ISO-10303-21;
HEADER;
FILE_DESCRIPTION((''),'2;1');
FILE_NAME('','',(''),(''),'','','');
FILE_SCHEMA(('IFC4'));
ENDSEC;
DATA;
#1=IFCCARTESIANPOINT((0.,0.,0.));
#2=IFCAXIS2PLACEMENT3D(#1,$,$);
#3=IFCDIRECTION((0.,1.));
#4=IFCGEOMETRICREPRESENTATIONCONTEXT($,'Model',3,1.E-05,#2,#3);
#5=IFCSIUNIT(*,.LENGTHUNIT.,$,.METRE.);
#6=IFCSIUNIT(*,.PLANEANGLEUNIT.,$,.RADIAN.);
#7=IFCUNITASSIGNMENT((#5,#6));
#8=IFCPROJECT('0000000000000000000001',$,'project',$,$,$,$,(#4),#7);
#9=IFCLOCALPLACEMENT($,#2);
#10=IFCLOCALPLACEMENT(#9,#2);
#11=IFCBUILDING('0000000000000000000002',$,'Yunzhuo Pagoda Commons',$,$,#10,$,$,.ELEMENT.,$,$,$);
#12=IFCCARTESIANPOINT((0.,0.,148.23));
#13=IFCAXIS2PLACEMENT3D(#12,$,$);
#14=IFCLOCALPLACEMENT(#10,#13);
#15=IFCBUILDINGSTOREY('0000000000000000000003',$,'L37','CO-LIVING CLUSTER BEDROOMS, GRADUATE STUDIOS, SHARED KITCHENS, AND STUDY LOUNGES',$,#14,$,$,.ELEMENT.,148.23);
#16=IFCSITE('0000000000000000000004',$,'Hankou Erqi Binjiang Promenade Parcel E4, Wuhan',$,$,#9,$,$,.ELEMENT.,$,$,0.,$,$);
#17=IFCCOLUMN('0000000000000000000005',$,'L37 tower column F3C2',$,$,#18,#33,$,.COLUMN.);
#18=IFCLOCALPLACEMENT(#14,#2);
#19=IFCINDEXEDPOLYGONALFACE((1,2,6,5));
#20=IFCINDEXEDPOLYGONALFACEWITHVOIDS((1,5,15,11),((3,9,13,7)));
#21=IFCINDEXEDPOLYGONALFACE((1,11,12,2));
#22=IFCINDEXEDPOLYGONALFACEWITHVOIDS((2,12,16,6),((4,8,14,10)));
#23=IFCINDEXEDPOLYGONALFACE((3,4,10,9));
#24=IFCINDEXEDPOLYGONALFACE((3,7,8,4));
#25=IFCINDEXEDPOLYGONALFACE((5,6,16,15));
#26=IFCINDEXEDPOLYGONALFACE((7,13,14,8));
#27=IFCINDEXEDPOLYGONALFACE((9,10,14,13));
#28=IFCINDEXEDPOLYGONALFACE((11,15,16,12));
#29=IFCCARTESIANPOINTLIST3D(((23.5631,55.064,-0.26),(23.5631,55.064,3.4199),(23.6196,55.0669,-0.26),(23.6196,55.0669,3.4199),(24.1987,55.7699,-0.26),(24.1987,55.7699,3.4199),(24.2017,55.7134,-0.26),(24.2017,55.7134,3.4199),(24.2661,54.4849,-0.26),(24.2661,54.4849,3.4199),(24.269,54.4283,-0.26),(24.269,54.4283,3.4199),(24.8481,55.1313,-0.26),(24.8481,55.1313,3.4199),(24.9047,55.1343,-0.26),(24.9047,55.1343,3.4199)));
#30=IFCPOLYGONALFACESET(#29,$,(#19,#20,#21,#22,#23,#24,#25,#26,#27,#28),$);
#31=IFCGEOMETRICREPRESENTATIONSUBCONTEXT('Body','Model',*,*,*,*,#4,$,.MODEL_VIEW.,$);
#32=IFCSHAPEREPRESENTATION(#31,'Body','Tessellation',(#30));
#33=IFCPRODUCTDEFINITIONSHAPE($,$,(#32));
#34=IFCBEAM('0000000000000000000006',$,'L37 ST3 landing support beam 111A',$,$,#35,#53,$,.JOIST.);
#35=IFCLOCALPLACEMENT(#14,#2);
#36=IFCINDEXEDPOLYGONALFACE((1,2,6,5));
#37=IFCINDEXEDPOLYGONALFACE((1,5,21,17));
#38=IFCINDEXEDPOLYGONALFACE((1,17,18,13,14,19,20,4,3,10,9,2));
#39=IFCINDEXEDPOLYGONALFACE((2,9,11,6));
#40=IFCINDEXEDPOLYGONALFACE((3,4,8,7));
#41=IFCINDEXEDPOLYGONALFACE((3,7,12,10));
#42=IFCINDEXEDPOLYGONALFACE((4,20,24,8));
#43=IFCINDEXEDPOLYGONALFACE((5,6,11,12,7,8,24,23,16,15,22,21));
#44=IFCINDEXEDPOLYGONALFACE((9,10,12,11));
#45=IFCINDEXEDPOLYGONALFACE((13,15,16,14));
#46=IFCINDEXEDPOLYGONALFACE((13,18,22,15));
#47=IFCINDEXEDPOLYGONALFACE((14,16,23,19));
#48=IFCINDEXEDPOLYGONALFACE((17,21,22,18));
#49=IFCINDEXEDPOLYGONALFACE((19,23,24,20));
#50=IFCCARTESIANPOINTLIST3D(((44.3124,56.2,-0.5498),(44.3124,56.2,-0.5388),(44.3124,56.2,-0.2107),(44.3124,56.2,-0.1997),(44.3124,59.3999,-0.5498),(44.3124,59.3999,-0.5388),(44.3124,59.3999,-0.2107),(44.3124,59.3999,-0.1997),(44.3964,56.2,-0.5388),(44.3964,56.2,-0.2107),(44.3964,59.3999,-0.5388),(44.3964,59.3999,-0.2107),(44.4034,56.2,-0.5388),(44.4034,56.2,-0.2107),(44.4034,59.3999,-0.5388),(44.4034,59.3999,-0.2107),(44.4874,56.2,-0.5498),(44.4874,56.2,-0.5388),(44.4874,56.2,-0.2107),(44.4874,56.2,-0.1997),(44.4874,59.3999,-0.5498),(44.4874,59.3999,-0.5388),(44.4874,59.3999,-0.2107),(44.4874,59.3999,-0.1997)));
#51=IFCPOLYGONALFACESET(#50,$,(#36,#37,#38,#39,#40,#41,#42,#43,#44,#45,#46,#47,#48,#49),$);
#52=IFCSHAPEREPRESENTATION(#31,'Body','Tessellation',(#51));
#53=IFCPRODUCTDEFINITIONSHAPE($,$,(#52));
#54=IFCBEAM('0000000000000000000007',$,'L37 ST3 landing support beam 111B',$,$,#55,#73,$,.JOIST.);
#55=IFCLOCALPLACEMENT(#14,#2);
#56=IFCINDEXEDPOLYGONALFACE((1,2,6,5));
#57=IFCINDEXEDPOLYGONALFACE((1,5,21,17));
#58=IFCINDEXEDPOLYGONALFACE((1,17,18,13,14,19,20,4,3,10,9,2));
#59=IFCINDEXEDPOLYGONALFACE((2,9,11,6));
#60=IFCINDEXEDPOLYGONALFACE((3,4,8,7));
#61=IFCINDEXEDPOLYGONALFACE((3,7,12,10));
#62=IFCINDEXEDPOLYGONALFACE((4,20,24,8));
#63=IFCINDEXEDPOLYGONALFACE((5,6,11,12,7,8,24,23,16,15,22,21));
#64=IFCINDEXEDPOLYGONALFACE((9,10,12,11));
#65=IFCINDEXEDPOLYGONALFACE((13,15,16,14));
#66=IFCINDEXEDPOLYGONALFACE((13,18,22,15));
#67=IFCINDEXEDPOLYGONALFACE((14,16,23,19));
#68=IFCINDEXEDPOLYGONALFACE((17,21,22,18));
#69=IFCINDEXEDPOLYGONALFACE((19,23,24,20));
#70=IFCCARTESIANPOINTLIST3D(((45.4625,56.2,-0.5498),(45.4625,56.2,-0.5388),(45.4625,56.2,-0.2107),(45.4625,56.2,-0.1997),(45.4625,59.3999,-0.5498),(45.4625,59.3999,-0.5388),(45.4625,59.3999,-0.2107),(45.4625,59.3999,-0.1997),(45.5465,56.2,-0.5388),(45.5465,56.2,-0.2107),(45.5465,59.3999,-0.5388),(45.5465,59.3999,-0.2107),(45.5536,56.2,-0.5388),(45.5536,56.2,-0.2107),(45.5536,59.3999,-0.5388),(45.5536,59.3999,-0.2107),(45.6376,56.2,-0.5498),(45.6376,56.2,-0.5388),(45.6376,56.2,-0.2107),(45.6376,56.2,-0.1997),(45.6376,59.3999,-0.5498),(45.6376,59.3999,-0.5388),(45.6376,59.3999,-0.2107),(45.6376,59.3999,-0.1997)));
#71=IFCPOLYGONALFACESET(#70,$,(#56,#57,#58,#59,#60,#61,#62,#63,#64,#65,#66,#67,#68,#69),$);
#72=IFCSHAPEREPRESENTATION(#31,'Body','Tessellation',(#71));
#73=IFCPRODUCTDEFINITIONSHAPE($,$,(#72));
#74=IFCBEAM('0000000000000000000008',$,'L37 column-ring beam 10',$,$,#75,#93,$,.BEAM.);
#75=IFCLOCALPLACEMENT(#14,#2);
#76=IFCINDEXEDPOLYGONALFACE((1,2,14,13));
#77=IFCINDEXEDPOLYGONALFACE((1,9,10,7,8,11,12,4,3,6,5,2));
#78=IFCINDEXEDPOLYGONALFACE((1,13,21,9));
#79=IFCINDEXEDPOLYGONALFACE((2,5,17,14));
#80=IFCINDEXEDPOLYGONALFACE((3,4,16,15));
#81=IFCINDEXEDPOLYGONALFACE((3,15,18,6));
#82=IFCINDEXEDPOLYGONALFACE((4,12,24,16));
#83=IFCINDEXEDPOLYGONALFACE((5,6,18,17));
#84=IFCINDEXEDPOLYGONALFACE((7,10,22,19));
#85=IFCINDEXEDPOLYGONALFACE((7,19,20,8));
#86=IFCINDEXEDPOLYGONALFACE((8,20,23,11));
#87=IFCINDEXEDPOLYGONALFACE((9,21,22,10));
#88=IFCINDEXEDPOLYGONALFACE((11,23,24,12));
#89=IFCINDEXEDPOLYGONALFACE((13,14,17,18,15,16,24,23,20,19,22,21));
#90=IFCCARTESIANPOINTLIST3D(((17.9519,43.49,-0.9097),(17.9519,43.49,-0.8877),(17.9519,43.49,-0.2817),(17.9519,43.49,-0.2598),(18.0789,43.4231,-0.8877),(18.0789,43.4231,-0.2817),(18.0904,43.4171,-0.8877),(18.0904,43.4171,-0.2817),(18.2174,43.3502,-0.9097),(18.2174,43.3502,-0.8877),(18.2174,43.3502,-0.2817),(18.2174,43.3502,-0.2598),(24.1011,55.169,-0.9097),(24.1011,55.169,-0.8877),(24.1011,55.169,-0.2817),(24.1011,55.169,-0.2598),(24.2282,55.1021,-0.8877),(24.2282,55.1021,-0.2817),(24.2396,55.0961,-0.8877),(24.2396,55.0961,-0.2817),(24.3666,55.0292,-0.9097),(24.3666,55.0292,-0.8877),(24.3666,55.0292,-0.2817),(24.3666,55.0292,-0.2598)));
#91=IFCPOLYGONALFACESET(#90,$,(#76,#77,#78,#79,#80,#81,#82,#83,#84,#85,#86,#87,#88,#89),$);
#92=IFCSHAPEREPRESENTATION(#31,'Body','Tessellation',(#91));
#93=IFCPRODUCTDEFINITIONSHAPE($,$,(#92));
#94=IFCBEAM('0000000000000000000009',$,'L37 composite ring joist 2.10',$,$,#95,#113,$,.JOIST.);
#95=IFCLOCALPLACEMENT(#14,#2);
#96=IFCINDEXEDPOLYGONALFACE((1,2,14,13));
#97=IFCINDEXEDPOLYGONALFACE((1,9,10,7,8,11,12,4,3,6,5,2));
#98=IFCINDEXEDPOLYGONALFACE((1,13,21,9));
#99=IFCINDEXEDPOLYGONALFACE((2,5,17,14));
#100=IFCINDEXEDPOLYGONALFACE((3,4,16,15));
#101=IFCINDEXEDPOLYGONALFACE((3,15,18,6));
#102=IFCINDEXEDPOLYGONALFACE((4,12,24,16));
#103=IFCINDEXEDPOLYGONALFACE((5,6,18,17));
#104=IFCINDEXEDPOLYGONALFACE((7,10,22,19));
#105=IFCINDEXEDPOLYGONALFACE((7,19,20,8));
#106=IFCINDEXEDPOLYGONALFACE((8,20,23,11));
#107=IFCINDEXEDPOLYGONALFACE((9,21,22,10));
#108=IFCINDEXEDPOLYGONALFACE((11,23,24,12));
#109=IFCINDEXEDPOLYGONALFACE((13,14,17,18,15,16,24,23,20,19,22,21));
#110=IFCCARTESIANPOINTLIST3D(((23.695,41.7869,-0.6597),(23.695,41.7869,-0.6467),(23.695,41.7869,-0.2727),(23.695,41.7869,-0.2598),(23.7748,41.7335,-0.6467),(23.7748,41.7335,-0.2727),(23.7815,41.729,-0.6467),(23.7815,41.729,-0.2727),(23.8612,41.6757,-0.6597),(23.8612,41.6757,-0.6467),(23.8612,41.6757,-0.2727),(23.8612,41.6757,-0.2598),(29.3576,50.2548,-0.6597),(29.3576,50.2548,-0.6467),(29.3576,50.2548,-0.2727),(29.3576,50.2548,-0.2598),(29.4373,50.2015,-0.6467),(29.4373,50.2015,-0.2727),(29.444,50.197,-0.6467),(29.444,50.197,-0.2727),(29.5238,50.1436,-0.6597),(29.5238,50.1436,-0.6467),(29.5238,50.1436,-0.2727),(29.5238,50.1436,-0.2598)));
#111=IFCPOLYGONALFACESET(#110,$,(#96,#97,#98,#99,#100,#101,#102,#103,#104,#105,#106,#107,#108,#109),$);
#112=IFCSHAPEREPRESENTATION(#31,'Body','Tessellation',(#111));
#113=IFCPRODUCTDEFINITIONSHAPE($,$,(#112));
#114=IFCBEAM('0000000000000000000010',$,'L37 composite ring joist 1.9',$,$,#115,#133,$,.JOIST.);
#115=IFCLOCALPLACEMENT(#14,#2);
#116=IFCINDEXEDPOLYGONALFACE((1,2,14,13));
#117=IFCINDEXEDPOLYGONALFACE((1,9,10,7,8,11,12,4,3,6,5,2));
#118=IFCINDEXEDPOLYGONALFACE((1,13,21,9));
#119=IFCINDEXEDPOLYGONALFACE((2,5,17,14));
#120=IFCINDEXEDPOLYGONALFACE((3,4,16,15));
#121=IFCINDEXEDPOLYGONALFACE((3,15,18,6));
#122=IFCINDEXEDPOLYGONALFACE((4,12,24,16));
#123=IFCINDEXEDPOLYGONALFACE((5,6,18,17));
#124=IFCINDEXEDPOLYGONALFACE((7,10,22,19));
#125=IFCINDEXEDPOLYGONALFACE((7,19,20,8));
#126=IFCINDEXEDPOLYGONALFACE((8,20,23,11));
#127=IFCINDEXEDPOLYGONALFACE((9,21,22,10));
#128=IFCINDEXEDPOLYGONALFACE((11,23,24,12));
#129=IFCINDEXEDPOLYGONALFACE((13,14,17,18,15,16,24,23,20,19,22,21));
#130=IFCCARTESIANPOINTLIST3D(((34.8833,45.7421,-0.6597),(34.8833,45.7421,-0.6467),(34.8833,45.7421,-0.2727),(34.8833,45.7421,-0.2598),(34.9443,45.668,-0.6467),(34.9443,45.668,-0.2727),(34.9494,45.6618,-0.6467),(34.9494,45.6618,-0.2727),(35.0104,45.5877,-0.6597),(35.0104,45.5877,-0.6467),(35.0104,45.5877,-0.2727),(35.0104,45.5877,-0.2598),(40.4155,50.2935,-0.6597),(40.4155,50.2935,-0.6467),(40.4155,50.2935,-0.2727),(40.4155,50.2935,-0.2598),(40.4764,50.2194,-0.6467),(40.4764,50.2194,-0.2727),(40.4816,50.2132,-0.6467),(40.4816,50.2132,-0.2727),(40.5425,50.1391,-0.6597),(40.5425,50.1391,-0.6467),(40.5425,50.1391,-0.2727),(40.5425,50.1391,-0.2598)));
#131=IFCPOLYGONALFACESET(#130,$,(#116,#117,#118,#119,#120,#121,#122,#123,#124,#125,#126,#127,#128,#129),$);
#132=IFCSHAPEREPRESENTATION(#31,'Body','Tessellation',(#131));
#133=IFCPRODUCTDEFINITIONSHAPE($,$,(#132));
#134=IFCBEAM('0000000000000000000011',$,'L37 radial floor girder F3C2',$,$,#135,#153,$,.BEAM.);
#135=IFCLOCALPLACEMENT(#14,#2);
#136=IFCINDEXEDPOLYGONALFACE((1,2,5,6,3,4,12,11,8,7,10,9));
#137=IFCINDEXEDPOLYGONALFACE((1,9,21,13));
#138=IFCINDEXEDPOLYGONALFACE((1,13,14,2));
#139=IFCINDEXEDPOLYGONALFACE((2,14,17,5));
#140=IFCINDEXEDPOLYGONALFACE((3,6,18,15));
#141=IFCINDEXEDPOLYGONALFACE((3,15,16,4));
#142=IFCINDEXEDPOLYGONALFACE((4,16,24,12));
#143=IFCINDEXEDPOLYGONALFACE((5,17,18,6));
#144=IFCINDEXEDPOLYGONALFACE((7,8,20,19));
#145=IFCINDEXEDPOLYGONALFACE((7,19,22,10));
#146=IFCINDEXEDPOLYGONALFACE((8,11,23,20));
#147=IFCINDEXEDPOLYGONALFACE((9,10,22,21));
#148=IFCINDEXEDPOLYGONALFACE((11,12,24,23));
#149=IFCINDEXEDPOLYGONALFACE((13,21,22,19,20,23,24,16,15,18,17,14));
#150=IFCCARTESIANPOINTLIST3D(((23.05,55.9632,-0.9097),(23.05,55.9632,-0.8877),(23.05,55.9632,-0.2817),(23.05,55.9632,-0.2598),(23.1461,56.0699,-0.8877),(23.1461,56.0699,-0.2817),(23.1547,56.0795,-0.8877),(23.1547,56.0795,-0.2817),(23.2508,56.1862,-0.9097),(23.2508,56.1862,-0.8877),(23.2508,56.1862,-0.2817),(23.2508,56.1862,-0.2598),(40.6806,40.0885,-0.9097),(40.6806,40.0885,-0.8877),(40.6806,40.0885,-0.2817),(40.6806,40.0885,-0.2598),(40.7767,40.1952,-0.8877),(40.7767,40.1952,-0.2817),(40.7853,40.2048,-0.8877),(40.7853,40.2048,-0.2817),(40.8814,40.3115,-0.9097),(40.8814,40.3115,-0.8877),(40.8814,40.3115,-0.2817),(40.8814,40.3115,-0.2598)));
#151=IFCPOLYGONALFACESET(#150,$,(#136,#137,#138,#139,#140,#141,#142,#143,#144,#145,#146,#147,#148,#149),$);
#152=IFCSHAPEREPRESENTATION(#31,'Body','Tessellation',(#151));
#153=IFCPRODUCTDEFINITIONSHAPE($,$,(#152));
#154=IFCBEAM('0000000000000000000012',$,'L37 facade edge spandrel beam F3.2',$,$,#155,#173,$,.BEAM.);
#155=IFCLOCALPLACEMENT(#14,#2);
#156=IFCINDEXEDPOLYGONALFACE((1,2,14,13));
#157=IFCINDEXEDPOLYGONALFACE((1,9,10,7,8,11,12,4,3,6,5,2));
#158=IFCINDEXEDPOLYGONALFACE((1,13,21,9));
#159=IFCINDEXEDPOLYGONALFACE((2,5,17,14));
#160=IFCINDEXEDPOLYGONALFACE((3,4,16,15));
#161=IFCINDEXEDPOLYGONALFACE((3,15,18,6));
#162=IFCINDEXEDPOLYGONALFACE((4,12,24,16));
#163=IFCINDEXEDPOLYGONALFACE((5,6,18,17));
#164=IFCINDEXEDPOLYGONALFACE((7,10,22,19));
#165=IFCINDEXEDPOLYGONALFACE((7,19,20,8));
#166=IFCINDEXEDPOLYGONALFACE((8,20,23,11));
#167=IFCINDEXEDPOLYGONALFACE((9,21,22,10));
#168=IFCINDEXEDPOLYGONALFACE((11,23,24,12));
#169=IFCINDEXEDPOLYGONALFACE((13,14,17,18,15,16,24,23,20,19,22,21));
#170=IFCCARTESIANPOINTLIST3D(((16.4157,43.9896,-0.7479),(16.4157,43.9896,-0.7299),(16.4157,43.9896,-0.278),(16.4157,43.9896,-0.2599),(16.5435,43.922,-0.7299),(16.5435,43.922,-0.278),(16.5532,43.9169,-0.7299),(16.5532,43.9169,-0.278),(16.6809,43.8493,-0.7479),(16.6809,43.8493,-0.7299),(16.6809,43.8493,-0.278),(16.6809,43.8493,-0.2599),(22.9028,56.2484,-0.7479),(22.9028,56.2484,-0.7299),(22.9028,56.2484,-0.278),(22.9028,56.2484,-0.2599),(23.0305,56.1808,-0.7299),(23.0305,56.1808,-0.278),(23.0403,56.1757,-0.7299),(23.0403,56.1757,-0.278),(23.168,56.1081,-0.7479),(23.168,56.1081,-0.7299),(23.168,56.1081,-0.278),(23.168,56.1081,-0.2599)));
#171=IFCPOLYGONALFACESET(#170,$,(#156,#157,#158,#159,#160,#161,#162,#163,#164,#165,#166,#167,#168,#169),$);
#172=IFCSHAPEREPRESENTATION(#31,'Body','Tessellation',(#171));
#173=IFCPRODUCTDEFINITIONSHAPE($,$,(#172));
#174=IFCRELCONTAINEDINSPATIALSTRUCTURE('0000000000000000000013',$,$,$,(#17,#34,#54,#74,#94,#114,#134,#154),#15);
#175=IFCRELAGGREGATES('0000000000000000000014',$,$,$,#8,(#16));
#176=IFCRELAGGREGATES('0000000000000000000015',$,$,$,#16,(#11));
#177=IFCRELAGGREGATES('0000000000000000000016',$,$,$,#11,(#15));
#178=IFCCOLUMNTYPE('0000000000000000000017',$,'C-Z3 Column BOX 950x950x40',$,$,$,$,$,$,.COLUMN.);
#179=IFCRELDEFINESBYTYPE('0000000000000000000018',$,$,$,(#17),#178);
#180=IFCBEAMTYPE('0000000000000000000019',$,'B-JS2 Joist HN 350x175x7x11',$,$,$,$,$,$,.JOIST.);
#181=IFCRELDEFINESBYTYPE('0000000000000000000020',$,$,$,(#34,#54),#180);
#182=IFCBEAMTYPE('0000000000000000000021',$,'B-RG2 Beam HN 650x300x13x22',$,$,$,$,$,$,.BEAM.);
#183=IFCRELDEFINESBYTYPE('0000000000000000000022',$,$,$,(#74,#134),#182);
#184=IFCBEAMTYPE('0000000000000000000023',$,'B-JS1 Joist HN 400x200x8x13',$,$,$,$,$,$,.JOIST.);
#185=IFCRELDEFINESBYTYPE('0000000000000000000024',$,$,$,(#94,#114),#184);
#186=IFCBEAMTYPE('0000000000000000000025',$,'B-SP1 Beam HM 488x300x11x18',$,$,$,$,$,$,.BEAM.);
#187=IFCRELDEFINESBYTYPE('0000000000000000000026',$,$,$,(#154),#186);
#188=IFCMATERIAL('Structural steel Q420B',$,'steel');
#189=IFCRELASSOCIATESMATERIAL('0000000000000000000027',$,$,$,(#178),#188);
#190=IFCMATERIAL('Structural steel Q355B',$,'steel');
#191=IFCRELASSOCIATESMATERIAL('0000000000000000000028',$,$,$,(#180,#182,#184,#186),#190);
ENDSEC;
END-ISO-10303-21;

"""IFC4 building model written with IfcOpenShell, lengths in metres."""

from ifc_helpers import new_model, si_unit, direction, frame, origin, origin_2d, place, context, subcontext, project, spatial, hollow_rectangle, i_section, extrude, source, transform, mapped, material, material_profile, profile_set, type_object, element, save


model = new_model("IFC4")

# Units and contexts
model_context = context("Model", 3, precision=1e-05, world=origin(), true_north=direction((0.0, 1.0)))
body_context = subcontext(model_context, "Body", "Model", "MODEL_VIEW")
ifc_project = project(units=[si_unit("LENGTHUNIT", "METRE"), si_unit("PLANEANGLEUNIT", "RADIAN")], contexts=[model_context])

# Site, building, storey
site_placement = place(None, origin())
site = spatial("IfcSite", under=ifc_project, at=site_placement, Name="Hankou Erqi Binjiang Promenade Parcel E4, Wuhan", CompositionType="ELEMENT", RefElevation=0.0)
building_placement = place(site_placement, origin())
building = spatial("IfcBuilding", under=site, at=building_placement, Name="Yunzhuo Pagoda Commons", CompositionType="ELEMENT")
storey_placement = place(building_placement, frame((0.0, 0.0, 148.23)))
storey = spatial("IfcBuildingStorey", under=building, at=storey_placement, Name="L37", Description="CO-LIVING CLUSTER BEDROOMS, GRADUATE STUDIOS, SHARED KITCHENS, AND STUDY LOUNGES", CompositionType="ELEMENT", Elevation=148.23)

# Column
ifc_material_1 = material(Name="Structural steel Q420B", Category="steel")
ifc_material_profile_1 = material_profile(ifc_material_1, hollow_rectangle(XDim=0.95, YDim=0.95, WallThickness=0.04, at=origin_2d()), Name="Structural steel Q420B")
ifc_profile_set_1 = profile_set([ifc_material_profile_1], Name="Structural steel Q420B")
column_type = type_object("IfcColumnType", Name="C-Z3 Column BOX 950x950x40", PredefinedType="COLUMN", material=ifc_profile_set_1)
shared_shape_1 = source(origin(), body_context, "Body", "SweptSolid", [
    extrude(hollow_rectangle(XDim=0.95, YDim=0.95, WallThickness=0.04, at=origin_2d()), origin(), (0.0, 0.0, 1.0), 3.6799),
])
column_placement = place(storey_placement, frame((24.2339, 55.0991, -0.26), z_axis=(0.0, 0.0, 1.0), x_axis=(-0.669131, -0.743145, 0.0)))
element("IfcColumn", 1, at=column_placement, inside=storey, type_object=column_type, Name="L37 tower column F3C2", PredefinedType="COLUMN", context=body_context, shape_type="MappedRepresentation", body=[
    mapped(shared_shape_1, transform((0.0, 0.0, 0.0), scale=1.0)),
])

# Beams
ifc_material_2 = material(Name="Structural steel Q355B", Category="steel")
ifc_material_profile_2 = material_profile(ifc_material_2, i_section(OverallWidth=0.175, OverallDepth=0.3501, WebThickness=0.0071, FlangeThickness=0.011, at=origin_2d()), Name="Structural steel Q355B")
ifc_profile_set_2 = profile_set([ifc_material_profile_2], Name="Structural steel Q355B")
beam_type_1 = type_object("IfcBeamType", Name="B-JS2 Joist HN 350x175x7x11", PredefinedType="JOIST", material=ifc_profile_set_2)
shared_shape_2 = source(origin(), body_context, "Body", "SweptSolid", [
    extrude(i_section(OverallWidth=0.175, OverallDepth=0.3501, WebThickness=0.0071, FlangeThickness=0.011, at=origin_2d()), origin(), (0.0, 0.0, 1.0), 3.2),
])
for number, where, z_axis, x_axis, name in (
    (2, (44.3999, 56.2, -0.3748), (0.0, 1.0, 0.0), (-1.0, 0.0, 0.0), "L37 ST3 landing support beam 111A"),
    (3, (45.55, 56.2, -0.3748), (0.0, 1.0, 0.0), (-1.0, 0.0, 0.0), "L37 ST3 landing support beam 111B"),
):
    element("IfcBeam", number, at=place(storey_placement, frame(where, z_axis=z_axis, x_axis=x_axis)), inside=storey, type_object=beam_type_1, Name=name, PredefinedType="JOIST", context=body_context, shape_type="MappedRepresentation", body=[
        mapped(shared_shape_2, transform((0.0, 0.0, 0.0), scale=1.0)),
    ])
ifc_material_profile_3 = material_profile(ifc_material_2, i_section(OverallWidth=0.3, OverallDepth=0.6499, WebThickness=0.0129, FlangeThickness=0.022, at=origin_2d()), Name="Structural steel Q355B")
ifc_profile_set_3 = profile_set([ifc_material_profile_3], Name="Structural steel Q355B")
beam_type_2 = type_object("IfcBeamType", Name="B-RG2 Beam HN 650x300x13x22", PredefinedType="BEAM", material=ifc_profile_set_3)
shared_shape_3 = source(origin(), body_context, "Body", "SweptSolid", [
    extrude(i_section(OverallWidth=0.3, OverallDepth=0.6499, WebThickness=0.0129, FlangeThickness=0.022, at=origin_2d()), origin(), (0.0, 0.0, 1.0), 13.199),
])
beam_1_placement = place(storey_placement, frame((24.2339, 55.0991, -0.5847), z_axis=(-0.465886, -0.884845, 0.0), x_axis=(0.884845, -0.465886, 0.0)))
element("IfcBeam", 4, at=beam_1_placement, inside=storey, type_object=beam_type_2, Name="L37 column-ring beam 10", PredefinedType="BEAM", context=body_context, shape_type="MappedRepresentation", body=[
    mapped(shared_shape_3, transform((0.0, 0.0, 0.0), scale=1.0)),
])
ifc_material_profile_4 = material_profile(ifc_material_2, i_section(OverallWidth=0.2, OverallDepth=0.3999, WebThickness=0.0081, FlangeThickness=0.0129, at=origin_2d()), Name="Structural steel Q355B")
ifc_profile_set_4 = profile_set([ifc_material_profile_4], Name="Structural steel Q355B")
beam_type_3 = type_object("IfcBeamType", Name="B-JS1 Joist HN 400x200x8x13", PredefinedType="JOIST", material=ifc_profile_set_4)
shared_shape_4 = source(origin(), body_context, "Body", "SweptSolid", [
    extrude(i_section(OverallWidth=0.2, OverallDepth=0.3999, WebThickness=0.0081, FlangeThickness=0.0129, at=origin_2d()), origin(), (0.0, 0.0, 1.0), 10.1868),
])
beam_2_placement = place(storey_placement, frame((29.4407, 50.1992, -0.4597), z_axis=(-0.555872, -0.831268, 0.0), x_axis=(0.831268, -0.555872, 0.0)))
element("IfcBeam", 5, at=beam_2_placement, inside=storey, type_object=beam_type_3, Name="L37 composite ring joist 2.10", PredefinedType="JOIST", context=body_context, shape_type="MappedRepresentation", body=[
    mapped(shared_shape_4, transform((0.0, 0.0, 0.0), scale=1.0)),
])
shared_shape_5 = source(origin(), body_context, "Body", "SweptSolid", [
    extrude(i_section(OverallWidth=0.2, OverallDepth=0.3999, WebThickness=0.0081, FlangeThickness=0.0129, at=origin_2d()), origin(), (0.0, 0.0, 1.0), 7.1638),
])
beam_3_placement = place(storey_placement, frame((40.479, 50.2163, -0.4597), z_axis=(-0.772234, -0.635338, 0.0), x_axis=(0.635338, -0.772234, 0.0)))
element("IfcBeam", 6, at=beam_3_placement, inside=storey, type_object=beam_type_3, Name="L37 composite ring joist 1.9", PredefinedType="JOIST", context=body_context, shape_type="MappedRepresentation", body=[
    mapped(shared_shape_5, transform((0.0, 0.0, 0.0), scale=1.0)),
])
shared_shape_6 = source(origin(), body_context, "Body", "SweptSolid", [
    extrude(i_section(OverallWidth=0.3, OverallDepth=0.6499, WebThickness=0.0129, FlangeThickness=0.022, at=origin_2d()), origin(), (0.0, 0.0, 1.0), 23.7244),
])
beam_4_placement = place(storey_placement, frame((23.1504, 56.0747, -0.5847), z_axis=(0.743143, -0.669132, 0.0), x_axis=(0.669132, 0.743143, 0.0)))
element("IfcBeam", 7, at=beam_4_placement, inside=storey, type_object=beam_type_2, Name="L37 radial floor girder F3C2", PredefinedType="BEAM", context=body_context, shape_type="MappedRepresentation", body=[
    mapped(shared_shape_6, transform((0.0, 0.0, 0.0), scale=1.0)),
])
ifc_material_profile_5 = material_profile(ifc_material_2, i_section(OverallWidth=0.3, OverallDepth=0.488, WebThickness=0.011, FlangeThickness=0.0181, at=origin_2d()), Name="Structural steel Q355B")
ifc_profile_set_5 = profile_set([ifc_material_profile_5], Name="Structural steel Q355B")
beam_type_4 = type_object("IfcBeamType", Name="B-SP1 Beam HM 488x300x11x18", PredefinedType="BEAM", material=ifc_profile_set_5)
shared_shape_7 = source(origin(), body_context, "Body", "SweptSolid", [
    extrude(i_section(OverallWidth=0.3, OverallDepth=0.488, WebThickness=0.011, FlangeThickness=0.0181, at=origin_2d()), origin(), (0.0, 0.0, 1.0), 13.8694),
])
beam_5_placement = place(storey_placement, frame((23.0354, 56.1782, -0.5039), z_axis=(-0.467725, -0.883874, 0.0), x_axis=(0.883874, -0.467725, 0.0)))
element("IfcBeam", 8, at=beam_5_placement, inside=storey, type_object=beam_type_4, Name="L37 facade edge spandrel beam F3.2", PredefinedType="BEAM", context=body_context, shape_type="MappedRepresentation", body=[
    mapped(shared_shape_7, transform((0.0, 0.0, 0.0), scale=1.0)),
])

save(model, "model.ifc")
